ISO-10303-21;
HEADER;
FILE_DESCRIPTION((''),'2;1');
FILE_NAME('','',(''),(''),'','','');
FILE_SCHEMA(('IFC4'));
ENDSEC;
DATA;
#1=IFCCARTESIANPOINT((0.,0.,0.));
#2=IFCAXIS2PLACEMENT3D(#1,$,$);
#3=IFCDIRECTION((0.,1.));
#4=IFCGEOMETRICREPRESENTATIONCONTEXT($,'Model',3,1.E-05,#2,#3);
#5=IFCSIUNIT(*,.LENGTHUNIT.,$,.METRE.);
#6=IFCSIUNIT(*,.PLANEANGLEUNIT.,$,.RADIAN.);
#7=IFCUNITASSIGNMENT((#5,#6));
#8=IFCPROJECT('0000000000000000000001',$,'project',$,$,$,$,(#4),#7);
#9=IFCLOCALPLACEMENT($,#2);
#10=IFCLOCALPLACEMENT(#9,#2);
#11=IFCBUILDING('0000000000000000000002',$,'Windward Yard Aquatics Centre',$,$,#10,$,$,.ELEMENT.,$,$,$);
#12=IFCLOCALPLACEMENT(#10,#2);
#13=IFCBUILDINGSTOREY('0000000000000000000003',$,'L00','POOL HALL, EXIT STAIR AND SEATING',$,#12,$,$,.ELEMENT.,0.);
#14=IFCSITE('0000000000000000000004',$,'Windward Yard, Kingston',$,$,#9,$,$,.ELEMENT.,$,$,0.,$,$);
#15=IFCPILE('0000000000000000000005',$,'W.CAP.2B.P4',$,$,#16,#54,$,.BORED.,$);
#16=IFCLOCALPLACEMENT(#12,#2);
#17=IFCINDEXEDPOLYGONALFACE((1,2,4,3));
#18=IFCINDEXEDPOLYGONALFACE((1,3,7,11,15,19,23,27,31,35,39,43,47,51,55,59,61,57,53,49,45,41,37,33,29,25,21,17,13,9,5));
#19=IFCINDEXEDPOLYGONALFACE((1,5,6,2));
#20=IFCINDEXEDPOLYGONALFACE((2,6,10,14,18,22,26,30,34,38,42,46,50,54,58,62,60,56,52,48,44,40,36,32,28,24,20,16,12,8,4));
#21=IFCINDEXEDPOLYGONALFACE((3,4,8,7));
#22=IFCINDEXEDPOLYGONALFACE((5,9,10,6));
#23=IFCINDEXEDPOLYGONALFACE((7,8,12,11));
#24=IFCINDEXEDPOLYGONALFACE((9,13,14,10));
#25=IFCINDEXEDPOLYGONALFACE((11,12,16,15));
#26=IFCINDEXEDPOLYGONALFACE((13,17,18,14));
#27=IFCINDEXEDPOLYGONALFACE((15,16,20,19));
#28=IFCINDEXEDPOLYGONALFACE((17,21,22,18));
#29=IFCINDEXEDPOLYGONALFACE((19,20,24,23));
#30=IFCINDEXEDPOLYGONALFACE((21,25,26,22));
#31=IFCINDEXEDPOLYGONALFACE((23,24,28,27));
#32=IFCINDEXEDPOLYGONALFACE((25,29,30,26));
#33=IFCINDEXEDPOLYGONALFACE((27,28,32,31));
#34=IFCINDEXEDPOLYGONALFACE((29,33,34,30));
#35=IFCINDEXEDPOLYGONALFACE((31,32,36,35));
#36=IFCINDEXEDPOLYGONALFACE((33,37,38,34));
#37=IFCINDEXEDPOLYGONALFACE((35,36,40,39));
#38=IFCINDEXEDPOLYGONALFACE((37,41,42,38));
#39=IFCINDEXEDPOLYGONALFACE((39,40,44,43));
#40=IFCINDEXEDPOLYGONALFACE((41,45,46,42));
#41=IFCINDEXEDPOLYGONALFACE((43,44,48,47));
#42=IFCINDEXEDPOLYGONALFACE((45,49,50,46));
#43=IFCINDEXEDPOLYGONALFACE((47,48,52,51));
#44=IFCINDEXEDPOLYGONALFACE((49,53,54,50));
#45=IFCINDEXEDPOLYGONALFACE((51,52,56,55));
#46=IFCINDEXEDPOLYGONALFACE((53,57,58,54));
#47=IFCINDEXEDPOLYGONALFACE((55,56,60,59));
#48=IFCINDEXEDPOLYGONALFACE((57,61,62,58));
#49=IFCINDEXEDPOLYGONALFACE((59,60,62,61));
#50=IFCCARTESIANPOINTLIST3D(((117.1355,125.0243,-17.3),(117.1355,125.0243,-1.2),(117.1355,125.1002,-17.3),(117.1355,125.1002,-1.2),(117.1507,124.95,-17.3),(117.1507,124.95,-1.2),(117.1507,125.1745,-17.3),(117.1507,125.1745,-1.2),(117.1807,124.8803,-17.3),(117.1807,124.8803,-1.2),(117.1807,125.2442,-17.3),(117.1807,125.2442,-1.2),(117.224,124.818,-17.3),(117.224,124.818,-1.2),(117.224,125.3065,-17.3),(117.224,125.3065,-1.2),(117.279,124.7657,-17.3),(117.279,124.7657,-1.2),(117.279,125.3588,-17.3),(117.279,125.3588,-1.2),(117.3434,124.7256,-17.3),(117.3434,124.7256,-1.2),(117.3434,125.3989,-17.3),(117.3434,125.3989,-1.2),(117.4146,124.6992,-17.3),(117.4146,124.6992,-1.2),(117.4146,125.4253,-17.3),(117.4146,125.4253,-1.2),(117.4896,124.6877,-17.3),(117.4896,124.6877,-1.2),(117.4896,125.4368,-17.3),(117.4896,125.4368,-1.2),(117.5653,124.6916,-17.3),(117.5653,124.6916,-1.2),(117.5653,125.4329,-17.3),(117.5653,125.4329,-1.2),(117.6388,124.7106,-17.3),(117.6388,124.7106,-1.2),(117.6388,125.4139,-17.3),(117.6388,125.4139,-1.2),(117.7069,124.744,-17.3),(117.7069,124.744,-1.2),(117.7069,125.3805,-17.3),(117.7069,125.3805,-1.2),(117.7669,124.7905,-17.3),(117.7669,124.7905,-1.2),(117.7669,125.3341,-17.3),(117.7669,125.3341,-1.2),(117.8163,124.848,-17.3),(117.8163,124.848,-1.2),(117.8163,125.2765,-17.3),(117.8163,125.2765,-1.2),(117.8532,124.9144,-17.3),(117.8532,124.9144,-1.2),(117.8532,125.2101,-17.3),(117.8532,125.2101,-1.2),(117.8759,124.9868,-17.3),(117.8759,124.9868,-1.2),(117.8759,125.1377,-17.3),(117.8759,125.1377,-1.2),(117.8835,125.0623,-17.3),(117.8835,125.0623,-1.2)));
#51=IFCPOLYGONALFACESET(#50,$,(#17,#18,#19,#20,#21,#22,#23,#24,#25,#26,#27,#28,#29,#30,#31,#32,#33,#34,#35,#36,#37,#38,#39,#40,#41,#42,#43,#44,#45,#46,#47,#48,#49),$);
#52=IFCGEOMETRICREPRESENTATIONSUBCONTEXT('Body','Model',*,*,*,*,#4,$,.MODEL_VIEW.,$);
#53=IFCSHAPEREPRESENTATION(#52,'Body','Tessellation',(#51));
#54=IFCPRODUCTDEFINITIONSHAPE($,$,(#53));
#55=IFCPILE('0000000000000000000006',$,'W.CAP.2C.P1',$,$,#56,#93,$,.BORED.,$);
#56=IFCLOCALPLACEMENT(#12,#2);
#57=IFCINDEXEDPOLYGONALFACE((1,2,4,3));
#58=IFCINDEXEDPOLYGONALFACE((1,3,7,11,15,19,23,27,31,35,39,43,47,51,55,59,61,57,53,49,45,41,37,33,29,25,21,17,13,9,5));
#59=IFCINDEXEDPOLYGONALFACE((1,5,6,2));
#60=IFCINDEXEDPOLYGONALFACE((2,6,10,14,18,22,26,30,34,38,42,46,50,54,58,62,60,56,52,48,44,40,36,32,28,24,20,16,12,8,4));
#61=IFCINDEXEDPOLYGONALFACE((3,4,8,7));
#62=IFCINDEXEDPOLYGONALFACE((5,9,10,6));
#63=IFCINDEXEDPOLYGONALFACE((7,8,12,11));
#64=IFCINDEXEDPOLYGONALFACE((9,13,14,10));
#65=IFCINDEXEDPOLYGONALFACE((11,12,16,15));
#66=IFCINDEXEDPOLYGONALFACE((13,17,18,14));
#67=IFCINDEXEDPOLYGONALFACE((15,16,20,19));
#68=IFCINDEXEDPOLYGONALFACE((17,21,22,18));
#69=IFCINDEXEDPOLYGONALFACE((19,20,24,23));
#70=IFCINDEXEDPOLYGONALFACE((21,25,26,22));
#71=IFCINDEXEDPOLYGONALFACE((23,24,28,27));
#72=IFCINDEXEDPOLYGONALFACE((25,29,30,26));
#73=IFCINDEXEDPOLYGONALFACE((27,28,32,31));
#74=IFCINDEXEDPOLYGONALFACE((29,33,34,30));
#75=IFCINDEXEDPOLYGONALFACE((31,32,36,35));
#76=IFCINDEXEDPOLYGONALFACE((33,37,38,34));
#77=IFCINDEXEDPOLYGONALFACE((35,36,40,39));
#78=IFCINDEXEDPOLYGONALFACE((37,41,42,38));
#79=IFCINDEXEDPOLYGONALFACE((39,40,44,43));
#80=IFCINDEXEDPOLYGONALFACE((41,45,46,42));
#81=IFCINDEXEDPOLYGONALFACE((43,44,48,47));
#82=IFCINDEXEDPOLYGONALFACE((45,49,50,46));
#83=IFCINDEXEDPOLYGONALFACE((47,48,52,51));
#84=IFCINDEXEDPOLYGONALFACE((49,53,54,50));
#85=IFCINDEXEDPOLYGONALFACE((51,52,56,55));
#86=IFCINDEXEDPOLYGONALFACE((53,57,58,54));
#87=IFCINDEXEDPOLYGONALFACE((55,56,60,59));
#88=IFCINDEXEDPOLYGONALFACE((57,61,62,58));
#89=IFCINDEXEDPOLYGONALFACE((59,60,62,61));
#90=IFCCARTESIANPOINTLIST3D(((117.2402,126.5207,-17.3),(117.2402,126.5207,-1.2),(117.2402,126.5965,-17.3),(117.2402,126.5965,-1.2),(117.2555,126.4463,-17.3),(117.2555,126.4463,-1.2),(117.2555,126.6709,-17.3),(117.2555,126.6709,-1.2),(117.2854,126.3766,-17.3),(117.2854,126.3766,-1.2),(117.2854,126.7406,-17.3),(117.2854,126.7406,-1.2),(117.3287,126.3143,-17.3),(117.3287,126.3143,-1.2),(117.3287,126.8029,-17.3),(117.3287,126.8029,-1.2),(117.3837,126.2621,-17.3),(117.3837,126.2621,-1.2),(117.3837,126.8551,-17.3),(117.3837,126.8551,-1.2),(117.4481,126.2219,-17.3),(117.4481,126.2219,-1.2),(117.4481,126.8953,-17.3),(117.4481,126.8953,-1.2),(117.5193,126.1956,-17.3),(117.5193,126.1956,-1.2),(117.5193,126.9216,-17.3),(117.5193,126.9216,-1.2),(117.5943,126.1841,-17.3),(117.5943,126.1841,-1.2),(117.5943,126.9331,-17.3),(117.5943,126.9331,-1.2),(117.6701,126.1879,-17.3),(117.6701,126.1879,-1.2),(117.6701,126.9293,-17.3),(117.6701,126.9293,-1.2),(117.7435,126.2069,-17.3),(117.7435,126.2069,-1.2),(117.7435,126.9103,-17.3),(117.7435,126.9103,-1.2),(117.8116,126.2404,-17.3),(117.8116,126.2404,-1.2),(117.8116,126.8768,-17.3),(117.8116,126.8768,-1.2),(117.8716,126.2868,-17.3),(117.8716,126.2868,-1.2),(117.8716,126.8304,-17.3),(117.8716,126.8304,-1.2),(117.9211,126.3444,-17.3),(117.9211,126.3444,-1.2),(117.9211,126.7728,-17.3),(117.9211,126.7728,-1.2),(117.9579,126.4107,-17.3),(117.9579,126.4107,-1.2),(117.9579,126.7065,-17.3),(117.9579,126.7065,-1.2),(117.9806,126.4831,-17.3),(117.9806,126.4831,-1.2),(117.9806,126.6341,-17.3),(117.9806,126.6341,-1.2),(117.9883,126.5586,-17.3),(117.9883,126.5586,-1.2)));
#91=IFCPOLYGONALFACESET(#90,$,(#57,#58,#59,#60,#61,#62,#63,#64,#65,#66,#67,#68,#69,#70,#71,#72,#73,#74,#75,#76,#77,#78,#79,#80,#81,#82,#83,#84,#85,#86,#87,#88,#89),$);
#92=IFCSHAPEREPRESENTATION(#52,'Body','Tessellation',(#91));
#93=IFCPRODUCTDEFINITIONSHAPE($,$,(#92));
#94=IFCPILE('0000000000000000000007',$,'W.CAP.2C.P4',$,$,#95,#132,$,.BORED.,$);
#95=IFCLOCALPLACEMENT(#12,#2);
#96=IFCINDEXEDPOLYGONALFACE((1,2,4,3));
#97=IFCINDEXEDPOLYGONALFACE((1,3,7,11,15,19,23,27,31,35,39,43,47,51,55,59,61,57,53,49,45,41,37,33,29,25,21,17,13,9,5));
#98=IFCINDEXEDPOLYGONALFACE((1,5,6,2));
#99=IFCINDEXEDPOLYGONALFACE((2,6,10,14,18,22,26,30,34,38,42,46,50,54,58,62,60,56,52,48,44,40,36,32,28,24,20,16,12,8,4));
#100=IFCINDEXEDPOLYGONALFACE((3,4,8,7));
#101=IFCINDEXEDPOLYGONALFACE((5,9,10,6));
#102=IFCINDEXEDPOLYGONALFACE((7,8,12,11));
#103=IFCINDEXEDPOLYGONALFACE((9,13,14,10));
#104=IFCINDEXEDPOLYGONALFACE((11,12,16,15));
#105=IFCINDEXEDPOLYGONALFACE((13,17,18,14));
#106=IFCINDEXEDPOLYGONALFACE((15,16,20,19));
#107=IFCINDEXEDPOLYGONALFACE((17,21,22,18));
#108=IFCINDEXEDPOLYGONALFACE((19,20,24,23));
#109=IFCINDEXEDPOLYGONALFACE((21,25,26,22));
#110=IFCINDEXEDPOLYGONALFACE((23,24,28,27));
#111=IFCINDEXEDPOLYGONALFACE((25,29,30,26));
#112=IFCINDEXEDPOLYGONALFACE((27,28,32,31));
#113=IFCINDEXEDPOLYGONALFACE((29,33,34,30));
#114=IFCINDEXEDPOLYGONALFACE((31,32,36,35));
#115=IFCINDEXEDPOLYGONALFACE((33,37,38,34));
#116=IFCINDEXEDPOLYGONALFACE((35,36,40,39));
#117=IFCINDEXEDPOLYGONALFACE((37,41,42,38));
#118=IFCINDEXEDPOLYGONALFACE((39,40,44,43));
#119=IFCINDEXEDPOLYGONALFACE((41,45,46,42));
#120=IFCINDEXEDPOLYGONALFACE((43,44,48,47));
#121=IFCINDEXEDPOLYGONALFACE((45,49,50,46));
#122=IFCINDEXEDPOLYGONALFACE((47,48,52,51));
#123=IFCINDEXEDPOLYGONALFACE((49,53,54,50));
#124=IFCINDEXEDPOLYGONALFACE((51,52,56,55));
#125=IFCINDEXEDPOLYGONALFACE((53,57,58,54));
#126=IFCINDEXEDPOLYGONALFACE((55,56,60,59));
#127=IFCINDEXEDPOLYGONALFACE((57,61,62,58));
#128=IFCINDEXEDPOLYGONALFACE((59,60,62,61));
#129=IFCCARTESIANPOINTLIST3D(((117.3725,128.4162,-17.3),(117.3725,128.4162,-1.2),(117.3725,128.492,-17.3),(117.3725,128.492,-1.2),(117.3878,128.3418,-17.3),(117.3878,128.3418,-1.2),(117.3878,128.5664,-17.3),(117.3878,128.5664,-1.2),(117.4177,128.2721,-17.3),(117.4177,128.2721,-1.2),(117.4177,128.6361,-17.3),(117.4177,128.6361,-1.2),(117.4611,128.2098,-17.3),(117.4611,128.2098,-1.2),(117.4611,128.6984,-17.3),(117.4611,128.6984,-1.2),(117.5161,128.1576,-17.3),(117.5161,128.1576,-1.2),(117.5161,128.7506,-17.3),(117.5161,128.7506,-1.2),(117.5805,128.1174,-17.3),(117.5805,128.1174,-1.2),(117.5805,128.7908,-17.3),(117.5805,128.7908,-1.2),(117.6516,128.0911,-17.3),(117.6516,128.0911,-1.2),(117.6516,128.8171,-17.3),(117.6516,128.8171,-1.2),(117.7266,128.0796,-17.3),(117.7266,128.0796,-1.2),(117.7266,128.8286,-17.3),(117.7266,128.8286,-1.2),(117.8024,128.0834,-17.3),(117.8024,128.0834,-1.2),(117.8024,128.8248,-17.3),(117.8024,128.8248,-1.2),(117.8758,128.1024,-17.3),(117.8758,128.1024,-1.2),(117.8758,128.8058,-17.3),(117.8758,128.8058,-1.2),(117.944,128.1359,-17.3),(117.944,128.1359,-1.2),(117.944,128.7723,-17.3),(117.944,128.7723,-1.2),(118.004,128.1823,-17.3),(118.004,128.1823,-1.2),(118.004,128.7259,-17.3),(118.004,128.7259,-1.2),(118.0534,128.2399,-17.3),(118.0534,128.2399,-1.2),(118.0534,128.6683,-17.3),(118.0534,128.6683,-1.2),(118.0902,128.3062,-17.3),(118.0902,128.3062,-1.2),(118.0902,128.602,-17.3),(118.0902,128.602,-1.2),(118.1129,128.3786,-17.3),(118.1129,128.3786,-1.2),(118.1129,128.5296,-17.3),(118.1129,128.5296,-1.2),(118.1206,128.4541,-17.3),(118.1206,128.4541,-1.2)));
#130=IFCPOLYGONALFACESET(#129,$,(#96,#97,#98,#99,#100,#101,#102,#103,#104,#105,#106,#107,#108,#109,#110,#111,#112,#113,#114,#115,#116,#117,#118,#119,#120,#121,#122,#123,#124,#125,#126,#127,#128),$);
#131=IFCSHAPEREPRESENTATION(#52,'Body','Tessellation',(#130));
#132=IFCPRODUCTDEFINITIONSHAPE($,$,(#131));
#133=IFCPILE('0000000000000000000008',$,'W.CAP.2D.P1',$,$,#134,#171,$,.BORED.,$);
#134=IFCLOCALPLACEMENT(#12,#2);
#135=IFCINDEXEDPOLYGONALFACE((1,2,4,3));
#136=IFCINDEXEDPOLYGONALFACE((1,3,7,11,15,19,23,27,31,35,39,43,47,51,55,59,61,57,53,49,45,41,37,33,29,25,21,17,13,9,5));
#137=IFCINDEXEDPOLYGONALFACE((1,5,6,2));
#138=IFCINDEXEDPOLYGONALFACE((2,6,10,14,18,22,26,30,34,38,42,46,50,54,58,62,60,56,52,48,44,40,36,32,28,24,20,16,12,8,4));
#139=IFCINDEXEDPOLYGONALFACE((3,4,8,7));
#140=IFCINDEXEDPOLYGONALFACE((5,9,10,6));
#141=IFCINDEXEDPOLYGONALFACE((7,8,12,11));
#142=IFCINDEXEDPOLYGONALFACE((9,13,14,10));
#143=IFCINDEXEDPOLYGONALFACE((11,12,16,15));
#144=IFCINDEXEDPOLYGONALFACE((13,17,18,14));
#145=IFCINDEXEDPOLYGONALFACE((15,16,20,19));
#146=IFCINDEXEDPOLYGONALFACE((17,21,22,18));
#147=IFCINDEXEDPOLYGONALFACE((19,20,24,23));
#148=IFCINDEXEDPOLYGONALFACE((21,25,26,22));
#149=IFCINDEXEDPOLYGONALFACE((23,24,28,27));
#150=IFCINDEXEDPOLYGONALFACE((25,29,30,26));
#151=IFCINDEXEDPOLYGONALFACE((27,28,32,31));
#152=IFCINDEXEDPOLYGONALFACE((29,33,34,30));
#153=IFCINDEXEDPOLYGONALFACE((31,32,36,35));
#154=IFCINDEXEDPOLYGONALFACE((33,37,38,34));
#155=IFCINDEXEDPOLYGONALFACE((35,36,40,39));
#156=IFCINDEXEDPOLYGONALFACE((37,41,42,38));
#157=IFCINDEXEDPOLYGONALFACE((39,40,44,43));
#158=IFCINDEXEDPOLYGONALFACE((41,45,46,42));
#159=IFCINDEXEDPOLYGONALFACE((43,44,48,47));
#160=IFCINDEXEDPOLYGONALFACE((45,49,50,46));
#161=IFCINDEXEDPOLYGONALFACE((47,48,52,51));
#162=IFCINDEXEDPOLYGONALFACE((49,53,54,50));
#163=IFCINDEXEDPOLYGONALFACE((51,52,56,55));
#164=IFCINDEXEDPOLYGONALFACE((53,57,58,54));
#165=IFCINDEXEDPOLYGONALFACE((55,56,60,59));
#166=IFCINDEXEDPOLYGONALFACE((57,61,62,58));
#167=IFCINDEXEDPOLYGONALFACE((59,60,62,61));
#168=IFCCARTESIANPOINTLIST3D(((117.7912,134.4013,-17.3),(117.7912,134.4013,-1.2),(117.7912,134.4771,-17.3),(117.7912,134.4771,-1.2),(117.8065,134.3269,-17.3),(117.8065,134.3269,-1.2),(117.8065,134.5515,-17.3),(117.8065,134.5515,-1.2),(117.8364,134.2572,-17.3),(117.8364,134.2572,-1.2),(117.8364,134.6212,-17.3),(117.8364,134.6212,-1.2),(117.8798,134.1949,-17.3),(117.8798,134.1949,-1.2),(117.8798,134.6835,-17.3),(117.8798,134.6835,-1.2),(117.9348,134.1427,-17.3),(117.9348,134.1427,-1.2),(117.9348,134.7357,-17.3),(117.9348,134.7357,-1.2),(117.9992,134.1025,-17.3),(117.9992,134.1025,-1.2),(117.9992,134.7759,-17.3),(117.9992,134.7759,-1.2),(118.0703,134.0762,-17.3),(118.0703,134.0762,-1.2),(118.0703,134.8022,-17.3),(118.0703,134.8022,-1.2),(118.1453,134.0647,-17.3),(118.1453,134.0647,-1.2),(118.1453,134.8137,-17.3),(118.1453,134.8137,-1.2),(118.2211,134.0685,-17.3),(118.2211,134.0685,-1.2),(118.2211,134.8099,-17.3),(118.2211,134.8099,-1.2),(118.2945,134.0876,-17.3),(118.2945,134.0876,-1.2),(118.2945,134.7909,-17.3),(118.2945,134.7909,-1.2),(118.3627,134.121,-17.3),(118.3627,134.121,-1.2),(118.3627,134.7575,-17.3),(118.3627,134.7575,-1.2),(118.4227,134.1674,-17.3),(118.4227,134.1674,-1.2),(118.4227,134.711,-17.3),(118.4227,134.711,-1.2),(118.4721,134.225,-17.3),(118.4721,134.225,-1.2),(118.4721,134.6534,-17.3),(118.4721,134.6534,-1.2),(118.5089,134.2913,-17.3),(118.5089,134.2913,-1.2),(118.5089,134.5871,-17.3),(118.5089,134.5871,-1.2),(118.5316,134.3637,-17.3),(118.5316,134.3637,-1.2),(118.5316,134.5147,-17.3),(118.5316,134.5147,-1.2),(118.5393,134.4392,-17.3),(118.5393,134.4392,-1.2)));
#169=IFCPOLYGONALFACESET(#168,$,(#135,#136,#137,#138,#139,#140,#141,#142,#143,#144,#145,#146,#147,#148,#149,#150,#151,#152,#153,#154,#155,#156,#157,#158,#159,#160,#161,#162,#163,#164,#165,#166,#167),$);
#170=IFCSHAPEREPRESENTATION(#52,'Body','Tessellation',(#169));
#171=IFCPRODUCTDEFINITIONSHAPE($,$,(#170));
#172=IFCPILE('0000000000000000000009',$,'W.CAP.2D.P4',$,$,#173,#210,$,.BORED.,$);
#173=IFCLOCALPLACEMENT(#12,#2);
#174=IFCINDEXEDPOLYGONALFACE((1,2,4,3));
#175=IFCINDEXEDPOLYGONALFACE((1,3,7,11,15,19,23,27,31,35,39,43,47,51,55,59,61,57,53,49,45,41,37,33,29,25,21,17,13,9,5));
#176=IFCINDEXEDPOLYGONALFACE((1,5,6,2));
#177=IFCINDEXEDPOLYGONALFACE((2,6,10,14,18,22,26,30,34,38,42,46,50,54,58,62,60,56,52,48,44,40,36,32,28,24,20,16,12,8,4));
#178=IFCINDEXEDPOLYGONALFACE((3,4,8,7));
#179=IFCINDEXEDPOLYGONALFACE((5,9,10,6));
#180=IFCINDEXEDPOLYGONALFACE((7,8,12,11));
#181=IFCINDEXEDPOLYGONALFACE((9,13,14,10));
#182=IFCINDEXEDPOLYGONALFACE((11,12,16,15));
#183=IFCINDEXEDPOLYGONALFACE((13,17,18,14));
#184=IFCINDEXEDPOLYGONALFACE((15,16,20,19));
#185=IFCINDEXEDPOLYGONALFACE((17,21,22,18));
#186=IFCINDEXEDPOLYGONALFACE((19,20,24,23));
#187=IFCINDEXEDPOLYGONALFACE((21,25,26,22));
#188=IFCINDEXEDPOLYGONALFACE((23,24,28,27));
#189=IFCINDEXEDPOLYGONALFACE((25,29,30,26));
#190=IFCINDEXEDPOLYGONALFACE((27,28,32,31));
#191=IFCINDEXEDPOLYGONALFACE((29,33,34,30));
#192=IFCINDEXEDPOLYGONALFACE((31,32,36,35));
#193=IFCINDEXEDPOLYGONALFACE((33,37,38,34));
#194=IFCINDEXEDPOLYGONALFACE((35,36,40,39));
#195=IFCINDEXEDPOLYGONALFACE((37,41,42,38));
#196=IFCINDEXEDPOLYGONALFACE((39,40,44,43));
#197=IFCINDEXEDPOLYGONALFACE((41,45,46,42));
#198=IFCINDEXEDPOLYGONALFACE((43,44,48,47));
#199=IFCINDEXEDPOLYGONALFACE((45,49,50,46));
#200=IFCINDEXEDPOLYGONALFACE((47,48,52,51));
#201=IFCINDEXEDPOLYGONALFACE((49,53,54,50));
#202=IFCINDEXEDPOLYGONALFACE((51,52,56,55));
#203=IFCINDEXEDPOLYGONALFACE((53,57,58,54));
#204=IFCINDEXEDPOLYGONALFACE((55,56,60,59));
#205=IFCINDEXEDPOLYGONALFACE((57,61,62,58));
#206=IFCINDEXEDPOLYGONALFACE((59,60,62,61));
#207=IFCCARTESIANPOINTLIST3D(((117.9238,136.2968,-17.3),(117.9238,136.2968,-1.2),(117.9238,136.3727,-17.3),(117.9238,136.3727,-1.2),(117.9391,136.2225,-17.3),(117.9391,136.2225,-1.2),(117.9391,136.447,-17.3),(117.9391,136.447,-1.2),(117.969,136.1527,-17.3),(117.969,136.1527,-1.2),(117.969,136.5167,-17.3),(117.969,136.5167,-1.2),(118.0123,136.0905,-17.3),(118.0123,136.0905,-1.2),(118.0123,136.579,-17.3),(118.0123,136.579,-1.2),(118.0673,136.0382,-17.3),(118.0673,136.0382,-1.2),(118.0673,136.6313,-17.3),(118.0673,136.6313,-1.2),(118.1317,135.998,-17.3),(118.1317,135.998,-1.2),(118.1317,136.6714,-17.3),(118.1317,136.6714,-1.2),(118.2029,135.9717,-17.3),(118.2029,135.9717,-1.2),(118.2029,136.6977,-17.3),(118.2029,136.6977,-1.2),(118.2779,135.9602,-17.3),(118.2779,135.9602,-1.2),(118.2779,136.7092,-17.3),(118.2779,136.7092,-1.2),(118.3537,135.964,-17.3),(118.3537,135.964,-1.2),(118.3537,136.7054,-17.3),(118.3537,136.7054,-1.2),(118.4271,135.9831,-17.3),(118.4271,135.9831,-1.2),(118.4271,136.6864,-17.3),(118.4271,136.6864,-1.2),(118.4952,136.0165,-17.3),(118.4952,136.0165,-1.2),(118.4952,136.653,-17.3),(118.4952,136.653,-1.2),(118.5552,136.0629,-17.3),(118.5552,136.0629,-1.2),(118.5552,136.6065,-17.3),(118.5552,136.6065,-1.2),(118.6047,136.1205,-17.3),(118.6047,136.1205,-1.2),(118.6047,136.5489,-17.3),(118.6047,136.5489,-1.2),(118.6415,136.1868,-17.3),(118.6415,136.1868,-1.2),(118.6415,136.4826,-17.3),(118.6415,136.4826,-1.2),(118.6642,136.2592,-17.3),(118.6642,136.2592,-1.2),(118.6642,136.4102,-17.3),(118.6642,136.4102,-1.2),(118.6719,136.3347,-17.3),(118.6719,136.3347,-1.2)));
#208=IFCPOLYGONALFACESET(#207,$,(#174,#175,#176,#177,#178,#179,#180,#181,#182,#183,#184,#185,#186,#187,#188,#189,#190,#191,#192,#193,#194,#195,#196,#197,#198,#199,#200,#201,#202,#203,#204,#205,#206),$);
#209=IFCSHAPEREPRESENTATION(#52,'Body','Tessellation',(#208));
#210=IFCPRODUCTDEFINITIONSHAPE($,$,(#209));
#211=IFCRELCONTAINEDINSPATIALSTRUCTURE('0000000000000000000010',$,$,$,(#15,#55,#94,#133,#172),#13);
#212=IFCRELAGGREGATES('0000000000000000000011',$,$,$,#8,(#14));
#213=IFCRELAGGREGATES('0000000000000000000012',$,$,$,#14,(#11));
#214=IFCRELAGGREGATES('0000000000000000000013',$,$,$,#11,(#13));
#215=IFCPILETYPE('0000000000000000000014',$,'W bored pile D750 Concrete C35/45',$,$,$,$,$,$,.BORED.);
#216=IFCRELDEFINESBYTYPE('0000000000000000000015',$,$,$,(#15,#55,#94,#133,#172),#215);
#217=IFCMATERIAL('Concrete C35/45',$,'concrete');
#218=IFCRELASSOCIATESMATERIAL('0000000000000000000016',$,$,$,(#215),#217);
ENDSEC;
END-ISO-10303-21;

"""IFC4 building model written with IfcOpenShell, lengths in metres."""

from ifc_helpers import new_model, si_unit, direction, frame, origin, origin_2d, place, context, subcontext, project, spatial, circle, extrude, material, material_profile, profile_set, type_object, element, save


model = new_model("IFC4")

# Units and contexts
model_context = context("Model", 3, precision=1e-05, world=origin(), true_north=direction((0.0, 1.0)))
body_context = subcontext(model_context, "Body", "Model", "MODEL_VIEW")
ifc_project = project(units=[si_unit("LENGTHUNIT", "METRE"), si_unit("PLANEANGLEUNIT", "RADIAN")], contexts=[model_context])

# Site, building, storey
site_placement = place(None, origin())
site = spatial("IfcSite", under=ifc_project, at=site_placement, Name="Windward Yard, Kingston", CompositionType="ELEMENT", RefElevation=0.0)
building_placement = place(site_placement, origin())
building = spatial("IfcBuilding", under=site, at=building_placement, Name="Windward Yard Aquatics Centre", CompositionType="ELEMENT")
storey_placement = place(building_placement, origin())
storey = spatial("IfcBuildingStorey", under=building, at=storey_placement, Name="L00", Description="POOL HALL, EXIT STAIR AND SEATING", CompositionType="ELEMENT", Elevation=0.0)

# Piles
ifc_material_1 = material(Name="Concrete C35/45", Category="concrete")
ifc_material_profile_1 = material_profile(ifc_material_1, circle(Radius=0.375, at=origin_2d()), Name="D750")
ifc_profile_set_1 = profile_set([ifc_material_profile_1], Name="Concrete C35/45")
pile_type_1 = type_object("IfcPileType", Name="W bored pile D750 Concrete C35/45", PredefinedType="BORED", material=ifc_profile_set_1)
for number, where, z_axis, x_axis, name in (
    (1, (117.5085, 125.0623, -1.2), (0.0, 0.0, -1.0), (1.0, 0.0, 0.0), "W.CAP.2B.P4"),
    (2, (117.6133, 126.5586, -1.2), (0.0, 0.0, -1.0), (1.0, 0.0, 0.0), "W.CAP.2C.P1"),
    (3, (117.7456, 128.4541, -1.2), (0.0, 0.0, -1.0), (1.0, 0.0, 0.0), "W.CAP.2C.P4"),
    (4, (118.1643, 134.4392, -1.2), (0.0, 0.0, -1.0), (1.0, 0.0, 0.0), "W.CAP.2D.P1"),
    (5, (118.2969, 136.3347, -1.2), (0.0, 0.0, -1.0), (1.0, 0.0, 0.0), "W.CAP.2D.P4"),
):
    element("IfcPile", number, at=place(storey_placement, frame(where, z_axis=z_axis, x_axis=x_axis)), inside=storey, type_object=pile_type_1, Name=name, PredefinedType="BORED", context=body_context, shape_type="SweptSolid", body=[
        extrude(circle(Radius=0.375, at=origin_2d()), origin(), (0.0, 0.0, 1.0), 16.1001),
    ])

save(model, "model.ifc")
